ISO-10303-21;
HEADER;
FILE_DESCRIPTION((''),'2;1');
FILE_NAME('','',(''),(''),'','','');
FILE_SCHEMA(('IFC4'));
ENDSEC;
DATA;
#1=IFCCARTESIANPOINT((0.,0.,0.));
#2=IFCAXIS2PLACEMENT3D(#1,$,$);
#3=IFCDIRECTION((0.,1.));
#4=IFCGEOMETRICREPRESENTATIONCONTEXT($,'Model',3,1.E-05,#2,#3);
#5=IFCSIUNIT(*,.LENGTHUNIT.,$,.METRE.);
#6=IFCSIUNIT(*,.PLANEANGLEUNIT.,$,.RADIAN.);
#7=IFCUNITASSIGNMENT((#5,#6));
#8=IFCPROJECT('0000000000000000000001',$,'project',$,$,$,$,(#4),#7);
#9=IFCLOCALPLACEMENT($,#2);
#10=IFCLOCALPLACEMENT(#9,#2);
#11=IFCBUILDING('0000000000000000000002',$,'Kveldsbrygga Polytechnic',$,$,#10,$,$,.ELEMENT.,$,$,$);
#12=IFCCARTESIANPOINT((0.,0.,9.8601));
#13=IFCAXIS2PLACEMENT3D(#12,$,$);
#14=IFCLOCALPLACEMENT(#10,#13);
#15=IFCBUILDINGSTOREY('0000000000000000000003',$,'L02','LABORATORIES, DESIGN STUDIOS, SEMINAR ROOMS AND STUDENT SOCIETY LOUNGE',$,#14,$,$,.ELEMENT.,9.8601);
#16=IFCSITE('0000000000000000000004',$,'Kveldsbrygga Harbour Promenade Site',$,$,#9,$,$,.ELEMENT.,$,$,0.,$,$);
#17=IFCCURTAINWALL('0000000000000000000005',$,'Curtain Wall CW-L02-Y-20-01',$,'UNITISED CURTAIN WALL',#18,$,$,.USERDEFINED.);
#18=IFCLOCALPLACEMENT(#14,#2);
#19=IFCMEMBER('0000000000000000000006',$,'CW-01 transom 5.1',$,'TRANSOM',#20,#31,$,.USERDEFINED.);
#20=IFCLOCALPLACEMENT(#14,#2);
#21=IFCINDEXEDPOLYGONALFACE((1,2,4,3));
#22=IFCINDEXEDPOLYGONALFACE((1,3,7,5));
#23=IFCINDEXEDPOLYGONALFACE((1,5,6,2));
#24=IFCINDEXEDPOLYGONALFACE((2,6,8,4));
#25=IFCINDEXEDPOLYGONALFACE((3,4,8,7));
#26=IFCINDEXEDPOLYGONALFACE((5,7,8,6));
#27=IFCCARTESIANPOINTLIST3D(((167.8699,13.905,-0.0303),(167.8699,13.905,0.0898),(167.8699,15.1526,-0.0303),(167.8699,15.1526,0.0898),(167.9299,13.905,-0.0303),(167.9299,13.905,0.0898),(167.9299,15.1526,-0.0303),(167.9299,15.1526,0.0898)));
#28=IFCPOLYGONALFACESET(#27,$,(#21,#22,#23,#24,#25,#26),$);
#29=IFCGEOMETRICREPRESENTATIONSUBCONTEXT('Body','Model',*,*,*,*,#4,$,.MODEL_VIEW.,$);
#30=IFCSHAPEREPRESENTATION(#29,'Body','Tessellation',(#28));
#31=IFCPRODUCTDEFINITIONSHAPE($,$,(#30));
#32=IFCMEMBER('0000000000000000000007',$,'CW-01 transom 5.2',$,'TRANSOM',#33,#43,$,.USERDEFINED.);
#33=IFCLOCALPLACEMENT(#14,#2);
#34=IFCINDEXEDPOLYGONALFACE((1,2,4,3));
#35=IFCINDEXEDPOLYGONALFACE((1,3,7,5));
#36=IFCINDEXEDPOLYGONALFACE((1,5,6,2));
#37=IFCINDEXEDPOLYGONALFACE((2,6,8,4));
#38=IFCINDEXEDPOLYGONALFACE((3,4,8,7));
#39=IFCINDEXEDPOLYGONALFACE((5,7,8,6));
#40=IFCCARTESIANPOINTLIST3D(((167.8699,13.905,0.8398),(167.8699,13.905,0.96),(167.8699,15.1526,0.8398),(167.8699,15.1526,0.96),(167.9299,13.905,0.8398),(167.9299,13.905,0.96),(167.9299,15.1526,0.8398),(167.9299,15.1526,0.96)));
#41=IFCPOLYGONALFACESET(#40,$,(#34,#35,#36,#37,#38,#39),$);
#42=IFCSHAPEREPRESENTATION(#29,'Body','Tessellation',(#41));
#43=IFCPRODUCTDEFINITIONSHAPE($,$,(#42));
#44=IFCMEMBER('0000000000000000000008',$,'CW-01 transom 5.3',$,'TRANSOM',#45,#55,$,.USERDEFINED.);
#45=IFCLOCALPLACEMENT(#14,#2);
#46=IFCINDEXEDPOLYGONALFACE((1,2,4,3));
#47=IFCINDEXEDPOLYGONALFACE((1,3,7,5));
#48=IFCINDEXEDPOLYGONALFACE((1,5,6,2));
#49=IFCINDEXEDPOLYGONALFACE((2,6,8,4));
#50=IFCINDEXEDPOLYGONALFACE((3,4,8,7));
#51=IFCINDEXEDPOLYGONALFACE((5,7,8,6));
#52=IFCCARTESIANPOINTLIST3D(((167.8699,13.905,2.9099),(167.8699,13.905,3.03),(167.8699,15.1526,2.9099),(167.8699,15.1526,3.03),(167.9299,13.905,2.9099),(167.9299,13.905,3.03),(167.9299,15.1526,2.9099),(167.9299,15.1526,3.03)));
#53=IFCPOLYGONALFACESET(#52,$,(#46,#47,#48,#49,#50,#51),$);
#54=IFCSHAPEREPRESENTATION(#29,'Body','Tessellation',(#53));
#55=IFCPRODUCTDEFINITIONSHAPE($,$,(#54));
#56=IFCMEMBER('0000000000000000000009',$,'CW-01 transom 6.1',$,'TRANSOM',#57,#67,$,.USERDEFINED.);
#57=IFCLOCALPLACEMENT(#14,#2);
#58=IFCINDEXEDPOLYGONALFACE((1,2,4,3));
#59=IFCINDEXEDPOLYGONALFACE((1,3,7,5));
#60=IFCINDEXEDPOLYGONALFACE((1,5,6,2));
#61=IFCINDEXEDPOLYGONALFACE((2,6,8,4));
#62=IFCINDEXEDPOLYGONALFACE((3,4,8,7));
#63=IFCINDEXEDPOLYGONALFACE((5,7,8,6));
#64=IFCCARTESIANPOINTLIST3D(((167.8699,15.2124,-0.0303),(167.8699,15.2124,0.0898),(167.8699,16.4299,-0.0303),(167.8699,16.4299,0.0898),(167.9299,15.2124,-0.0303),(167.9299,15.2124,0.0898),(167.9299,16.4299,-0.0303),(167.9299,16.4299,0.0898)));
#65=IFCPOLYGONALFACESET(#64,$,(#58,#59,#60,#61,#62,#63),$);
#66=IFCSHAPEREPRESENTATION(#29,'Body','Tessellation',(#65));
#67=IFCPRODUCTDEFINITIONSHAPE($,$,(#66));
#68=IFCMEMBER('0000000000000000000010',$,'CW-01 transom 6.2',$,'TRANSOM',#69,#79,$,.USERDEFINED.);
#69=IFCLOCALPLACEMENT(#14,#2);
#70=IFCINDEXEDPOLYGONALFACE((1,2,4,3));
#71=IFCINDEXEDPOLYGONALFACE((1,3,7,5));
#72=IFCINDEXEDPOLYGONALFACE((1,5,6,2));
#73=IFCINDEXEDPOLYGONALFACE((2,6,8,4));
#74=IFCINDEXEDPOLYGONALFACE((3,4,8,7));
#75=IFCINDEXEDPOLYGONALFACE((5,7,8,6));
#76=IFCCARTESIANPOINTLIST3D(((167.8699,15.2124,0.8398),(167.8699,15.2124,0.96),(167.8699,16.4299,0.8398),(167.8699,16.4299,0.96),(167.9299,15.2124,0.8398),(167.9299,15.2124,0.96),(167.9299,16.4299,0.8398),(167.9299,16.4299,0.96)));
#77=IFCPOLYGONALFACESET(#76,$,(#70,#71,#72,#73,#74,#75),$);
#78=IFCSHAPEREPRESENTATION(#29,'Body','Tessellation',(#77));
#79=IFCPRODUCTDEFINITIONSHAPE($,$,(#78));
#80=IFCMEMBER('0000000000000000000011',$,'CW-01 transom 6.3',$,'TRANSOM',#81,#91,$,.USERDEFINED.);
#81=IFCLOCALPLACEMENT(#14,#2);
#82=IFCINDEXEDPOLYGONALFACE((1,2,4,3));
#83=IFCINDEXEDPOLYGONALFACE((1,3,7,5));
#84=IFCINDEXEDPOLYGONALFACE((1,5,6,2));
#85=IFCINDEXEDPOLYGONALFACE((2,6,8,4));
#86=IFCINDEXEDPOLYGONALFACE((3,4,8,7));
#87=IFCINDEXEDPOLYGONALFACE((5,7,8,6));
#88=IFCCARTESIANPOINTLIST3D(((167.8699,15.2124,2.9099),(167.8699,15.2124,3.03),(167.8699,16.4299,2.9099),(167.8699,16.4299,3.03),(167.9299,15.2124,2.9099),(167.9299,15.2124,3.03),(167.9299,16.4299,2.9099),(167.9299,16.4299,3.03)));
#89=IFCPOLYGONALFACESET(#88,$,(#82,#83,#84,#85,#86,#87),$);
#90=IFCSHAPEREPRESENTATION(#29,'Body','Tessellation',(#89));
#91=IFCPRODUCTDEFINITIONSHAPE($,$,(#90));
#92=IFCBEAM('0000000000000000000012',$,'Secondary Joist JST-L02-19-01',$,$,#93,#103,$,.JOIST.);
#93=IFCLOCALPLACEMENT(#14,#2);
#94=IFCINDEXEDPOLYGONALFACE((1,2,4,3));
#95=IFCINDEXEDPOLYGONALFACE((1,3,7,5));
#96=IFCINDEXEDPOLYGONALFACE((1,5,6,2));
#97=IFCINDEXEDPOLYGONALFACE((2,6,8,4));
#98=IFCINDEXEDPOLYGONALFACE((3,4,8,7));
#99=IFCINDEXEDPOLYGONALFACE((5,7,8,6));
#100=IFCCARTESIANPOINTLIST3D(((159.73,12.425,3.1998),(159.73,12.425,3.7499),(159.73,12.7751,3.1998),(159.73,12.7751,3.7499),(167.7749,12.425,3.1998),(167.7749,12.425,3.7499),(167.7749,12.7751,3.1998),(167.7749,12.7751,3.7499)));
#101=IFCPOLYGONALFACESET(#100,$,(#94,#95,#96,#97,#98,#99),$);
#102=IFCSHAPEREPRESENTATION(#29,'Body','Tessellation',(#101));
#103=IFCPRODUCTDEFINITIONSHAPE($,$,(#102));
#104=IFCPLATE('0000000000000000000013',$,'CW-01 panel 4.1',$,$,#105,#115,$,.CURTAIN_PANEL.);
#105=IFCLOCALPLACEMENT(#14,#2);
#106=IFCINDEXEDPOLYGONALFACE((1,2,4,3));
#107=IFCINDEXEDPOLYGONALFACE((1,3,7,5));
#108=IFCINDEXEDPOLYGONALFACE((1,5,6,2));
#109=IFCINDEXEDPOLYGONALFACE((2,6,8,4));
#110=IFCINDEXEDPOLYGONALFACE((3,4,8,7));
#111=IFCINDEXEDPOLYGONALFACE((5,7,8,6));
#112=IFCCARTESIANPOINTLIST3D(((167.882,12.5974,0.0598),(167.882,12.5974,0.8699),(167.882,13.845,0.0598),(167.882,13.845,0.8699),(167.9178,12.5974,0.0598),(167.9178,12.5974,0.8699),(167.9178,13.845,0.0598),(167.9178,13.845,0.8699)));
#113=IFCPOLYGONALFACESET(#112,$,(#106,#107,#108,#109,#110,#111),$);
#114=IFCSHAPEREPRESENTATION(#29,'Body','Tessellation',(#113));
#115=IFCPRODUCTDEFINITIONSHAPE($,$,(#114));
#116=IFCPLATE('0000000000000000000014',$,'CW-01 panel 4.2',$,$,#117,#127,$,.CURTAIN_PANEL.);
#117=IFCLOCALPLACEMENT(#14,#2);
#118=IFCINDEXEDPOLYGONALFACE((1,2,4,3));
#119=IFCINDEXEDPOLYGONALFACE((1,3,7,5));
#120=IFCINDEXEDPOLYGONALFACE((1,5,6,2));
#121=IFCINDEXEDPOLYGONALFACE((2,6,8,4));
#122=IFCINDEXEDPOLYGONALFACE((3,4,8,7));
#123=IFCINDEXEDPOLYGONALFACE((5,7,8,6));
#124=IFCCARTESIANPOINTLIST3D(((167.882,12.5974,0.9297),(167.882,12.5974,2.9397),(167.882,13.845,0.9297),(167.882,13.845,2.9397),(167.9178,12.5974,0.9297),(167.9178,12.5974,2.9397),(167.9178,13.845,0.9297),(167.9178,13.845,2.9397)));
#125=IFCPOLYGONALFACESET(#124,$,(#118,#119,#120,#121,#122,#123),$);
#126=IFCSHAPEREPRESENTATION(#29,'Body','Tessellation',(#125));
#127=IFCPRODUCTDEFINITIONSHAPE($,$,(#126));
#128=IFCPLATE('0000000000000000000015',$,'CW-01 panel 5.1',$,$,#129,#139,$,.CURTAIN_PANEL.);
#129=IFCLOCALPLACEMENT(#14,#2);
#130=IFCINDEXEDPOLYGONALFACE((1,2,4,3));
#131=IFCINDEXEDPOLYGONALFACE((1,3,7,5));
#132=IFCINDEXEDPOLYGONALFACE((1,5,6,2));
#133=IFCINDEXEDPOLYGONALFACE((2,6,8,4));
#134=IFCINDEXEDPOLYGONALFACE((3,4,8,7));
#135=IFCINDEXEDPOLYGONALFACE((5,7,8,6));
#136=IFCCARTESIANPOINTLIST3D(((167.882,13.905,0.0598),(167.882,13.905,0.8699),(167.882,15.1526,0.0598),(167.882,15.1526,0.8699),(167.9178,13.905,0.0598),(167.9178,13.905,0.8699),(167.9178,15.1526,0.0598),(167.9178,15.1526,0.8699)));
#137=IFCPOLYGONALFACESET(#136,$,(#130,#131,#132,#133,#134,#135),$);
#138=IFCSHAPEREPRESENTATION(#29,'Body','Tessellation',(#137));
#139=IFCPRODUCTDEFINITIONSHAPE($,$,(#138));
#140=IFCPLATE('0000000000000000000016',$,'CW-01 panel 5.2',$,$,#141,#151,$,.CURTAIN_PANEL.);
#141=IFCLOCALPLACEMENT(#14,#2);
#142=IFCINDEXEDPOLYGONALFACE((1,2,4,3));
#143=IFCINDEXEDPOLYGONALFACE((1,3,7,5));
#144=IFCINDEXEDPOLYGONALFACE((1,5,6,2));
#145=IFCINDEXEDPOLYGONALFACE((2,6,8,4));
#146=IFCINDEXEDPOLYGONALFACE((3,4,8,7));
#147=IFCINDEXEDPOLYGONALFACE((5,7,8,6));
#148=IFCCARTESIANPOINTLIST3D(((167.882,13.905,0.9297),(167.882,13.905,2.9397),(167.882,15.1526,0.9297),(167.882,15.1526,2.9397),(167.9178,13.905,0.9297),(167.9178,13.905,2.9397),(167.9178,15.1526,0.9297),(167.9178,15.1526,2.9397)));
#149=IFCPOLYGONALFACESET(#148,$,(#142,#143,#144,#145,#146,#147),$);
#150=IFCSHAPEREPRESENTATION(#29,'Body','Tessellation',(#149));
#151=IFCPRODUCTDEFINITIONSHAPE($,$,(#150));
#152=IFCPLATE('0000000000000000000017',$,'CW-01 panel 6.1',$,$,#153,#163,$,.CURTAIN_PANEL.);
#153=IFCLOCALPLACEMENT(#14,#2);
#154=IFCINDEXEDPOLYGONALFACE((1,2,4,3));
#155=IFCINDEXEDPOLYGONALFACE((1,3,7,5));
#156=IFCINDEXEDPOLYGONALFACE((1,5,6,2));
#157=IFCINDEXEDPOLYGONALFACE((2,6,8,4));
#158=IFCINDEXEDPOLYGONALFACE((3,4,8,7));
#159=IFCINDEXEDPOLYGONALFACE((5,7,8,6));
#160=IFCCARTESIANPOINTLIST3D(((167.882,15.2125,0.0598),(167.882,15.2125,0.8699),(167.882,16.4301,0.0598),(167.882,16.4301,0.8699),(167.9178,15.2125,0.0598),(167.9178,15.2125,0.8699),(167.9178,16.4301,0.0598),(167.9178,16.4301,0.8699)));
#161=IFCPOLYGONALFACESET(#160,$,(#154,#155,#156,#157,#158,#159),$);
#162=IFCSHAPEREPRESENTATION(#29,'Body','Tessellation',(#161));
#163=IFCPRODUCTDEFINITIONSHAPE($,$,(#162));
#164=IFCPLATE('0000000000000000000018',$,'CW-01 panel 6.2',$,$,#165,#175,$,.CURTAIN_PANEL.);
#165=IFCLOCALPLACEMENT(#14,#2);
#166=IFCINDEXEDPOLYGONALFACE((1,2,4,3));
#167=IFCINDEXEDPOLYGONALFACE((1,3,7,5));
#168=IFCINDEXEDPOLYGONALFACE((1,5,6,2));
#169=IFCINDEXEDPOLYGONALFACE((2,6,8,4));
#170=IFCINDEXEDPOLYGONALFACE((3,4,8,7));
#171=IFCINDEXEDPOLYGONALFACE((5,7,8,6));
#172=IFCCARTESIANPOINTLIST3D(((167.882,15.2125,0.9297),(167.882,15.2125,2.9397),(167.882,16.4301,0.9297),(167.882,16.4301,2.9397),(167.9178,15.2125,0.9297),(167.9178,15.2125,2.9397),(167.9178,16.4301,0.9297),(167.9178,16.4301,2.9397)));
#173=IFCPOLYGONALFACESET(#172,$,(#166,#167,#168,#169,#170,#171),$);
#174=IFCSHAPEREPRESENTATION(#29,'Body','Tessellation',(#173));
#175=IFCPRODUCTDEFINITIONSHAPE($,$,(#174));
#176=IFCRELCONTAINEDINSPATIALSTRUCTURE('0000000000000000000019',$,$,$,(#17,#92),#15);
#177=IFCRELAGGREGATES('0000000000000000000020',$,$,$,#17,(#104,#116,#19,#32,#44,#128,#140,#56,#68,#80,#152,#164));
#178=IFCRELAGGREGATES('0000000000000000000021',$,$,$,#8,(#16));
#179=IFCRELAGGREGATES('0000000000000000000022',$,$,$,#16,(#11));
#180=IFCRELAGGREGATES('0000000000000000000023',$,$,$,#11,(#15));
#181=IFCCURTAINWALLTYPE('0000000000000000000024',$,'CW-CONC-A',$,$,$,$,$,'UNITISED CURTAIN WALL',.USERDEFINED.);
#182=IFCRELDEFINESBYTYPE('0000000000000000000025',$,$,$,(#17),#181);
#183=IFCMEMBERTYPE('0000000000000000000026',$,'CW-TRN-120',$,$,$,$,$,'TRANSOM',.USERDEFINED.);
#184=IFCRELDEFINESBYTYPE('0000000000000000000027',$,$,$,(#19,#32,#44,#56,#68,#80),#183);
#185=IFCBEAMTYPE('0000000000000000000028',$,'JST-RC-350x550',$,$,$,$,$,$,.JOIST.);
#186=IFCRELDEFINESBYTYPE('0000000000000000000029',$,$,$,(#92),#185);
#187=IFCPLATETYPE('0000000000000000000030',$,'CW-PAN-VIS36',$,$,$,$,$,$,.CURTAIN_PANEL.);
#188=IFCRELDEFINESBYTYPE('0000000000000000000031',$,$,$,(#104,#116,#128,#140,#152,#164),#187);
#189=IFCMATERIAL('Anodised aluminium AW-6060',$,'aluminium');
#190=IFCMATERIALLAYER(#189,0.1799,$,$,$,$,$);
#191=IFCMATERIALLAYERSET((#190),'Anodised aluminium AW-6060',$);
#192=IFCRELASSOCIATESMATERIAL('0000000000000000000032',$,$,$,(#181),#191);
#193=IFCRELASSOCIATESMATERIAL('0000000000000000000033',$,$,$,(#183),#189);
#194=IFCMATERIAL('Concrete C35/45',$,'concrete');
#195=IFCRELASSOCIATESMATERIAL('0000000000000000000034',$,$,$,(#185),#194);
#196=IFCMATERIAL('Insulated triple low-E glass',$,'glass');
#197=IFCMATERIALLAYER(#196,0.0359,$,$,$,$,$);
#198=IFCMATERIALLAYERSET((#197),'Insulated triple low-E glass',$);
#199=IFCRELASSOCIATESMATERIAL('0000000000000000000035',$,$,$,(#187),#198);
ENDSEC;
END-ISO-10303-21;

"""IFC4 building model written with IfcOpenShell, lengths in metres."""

from ifc_helpers import new_model, si_unit, direction, frame, origin, origin_2d, place, context, subcontext, project, spatial, rectangle, extrude, material, layer, layer_set, material_profile, profile_set, type_object, element, aggregate, save


model = new_model("IFC4")

# Units and contexts
model_context = context("Model", 3, precision=1e-05, world=origin(), true_north=direction((0.0, 1.0)))
body_context = subcontext(model_context, "Body", "Model", "MODEL_VIEW")
ifc_project = project(units=[si_unit("LENGTHUNIT", "METRE"), si_unit("PLANEANGLEUNIT", "RADIAN")], contexts=[model_context])

# Site, building, storey
site_placement = place(None, origin())
site = spatial("IfcSite", under=ifc_project, at=site_placement, Name="Kveldsbrygga Harbour Promenade Site", CompositionType="ELEMENT", RefElevation=0.0)
building_placement = place(site_placement, origin())
building = spatial("IfcBuilding", under=site, at=building_placement, Name="Kveldsbrygga Polytechnic", CompositionType="ELEMENT")
storey_placement = place(building_placement, frame((0.0, 0.0, 9.8601)))
storey = spatial("IfcBuildingStorey", under=building, at=storey_placement, Name="L02", Description="LABORATORIES, DESIGN STUDIOS, SEMINAR ROOMS AND STUDENT SOCIETY LOUNGE", CompositionType="ELEMENT", Elevation=9.8601)

# Shared definitions
ifc_material_1 = material(Name="Concrete C35/45", Category="concrete")

# Curtain wall, members
ifc_material_2 = material(Name="Anodised aluminium AW-6060", Category="aluminium")
ifc_layer_1 = layer(ifc_material_2, 0.1799)
ifc_layer_set_1 = layer_set([ifc_layer_1], Name="Anodised aluminium AW-6060")
curtain_wall_type = type_object("IfcCurtainWallType", Name="CW-CONC-A", ElementType="UNITISED CURTAIN WALL", PredefinedType="USERDEFINED", material=ifc_layer_set_1)
curtain_wall_placement = place(storey_placement, origin())
curtain_wall = element("IfcCurtainWall", 1, at=curtain_wall_placement, inside=storey, type_object=curtain_wall_type, Name="Curtain Wall CW-L02-Y-20-01", ObjectType="UNITISED CURTAIN WALL", PredefinedType="USERDEFINED")
ifc_material_profile_1 = material_profile(ifc_material_2, rectangle(XDim=0.0601, YDim=0.1201, at=origin_2d()), Name="ALU 60x120")
ifc_profile_set_1 = profile_set([ifc_material_profile_1], Name="Anodised aluminium AW-6060")
member_type_1 = type_object("IfcMemberType", Name="CW-TRN-120", ElementType="TRANSOM", PredefinedType="USERDEFINED", material=ifc_profile_set_1)
member_1_placement = place(storey_placement, frame((167.8999, 13.905, 0.0298), z_axis=(0.0, 1.0, 0.0), x_axis=(-1.0, 0.0, 0.0)))
member_1 = element("IfcMember", 2, at=member_1_placement, type_object=member_type_1, Name="CW-01 transom 5.1", ObjectType="TRANSOM", PredefinedType="USERDEFINED", context=body_context, shape_type="SweptSolid", body=[
    extrude(rectangle(XDim=0.0601, YDim=0.1201, at=origin_2d()), origin(), (0.0, 0.0, 1.0), 1.2476),
])
member_2_placement = place(storey_placement, frame((167.8999, 13.905, 0.8999), z_axis=(0.0, 1.0, 0.0), x_axis=(-1.0, 0.0, 0.0)))
member_2 = element("IfcMember", 3, at=member_2_placement, type_object=member_type_1, Name="CW-01 transom 5.2", ObjectType="TRANSOM", PredefinedType="USERDEFINED", context=body_context, shape_type="SweptSolid", body=[
    extrude(rectangle(XDim=0.0601, YDim=0.1201, at=origin_2d()), origin(), (0.0, 0.0, 1.0), 1.2476),
])
member_3_placement = place(storey_placement, frame((167.8999, 13.905, 2.97), z_axis=(0.0, 1.0, 0.0), x_axis=(-1.0, 0.0, 0.0)))
member_3 = element("IfcMember", 4, at=member_3_placement, type_object=member_type_1, Name="CW-01 transom 5.3", ObjectType="TRANSOM", PredefinedType="USERDEFINED", context=body_context, shape_type="SweptSolid", body=[
    extrude(rectangle(XDim=0.0601, YDim=0.1201, at=origin_2d()), origin(), (0.0, 0.0, 1.0), 1.2476),
])
member_4_placement = place(storey_placement, frame((167.8999, 15.2124, 0.0298), z_axis=(0.0, 1.0, 0.0), x_axis=(-1.0, 0.0, 0.0)))
member_4 = element("IfcMember", 5, at=member_4_placement, type_object=member_type_1, Name="CW-01 transom 6.1", ObjectType="TRANSOM", PredefinedType="USERDEFINED", context=body_context, shape_type="SweptSolid", body=[
    extrude(rectangle(XDim=0.0601, YDim=0.1201, at=origin_2d()), origin(), (0.0, 0.0, 1.0), 1.2175),
])
member_5_placement = place(storey_placement, frame((167.8999, 15.2124, 0.8999), z_axis=(0.0, 1.0, 0.0), x_axis=(-1.0, 0.0, 0.0)))
member_5 = element("IfcMember", 6, at=member_5_placement, type_object=member_type_1, Name="CW-01 transom 6.2", ObjectType="TRANSOM", PredefinedType="USERDEFINED", context=body_context, shape_type="SweptSolid", body=[
    extrude(rectangle(XDim=0.0601, YDim=0.1201, at=origin_2d()), origin(), (0.0, 0.0, 1.0), 1.2175),
])
member_6_placement = place(storey_placement, frame((167.8999, 15.2124, 2.97), z_axis=(0.0, 1.0, 0.0), x_axis=(-1.0, 0.0, 0.0)))
member_6 = element("IfcMember", 7, at=member_6_placement, type_object=member_type_1, Name="CW-01 transom 6.3", ObjectType="TRANSOM", PredefinedType="USERDEFINED", context=body_context, shape_type="SweptSolid", body=[
    extrude(rectangle(XDim=0.0601, YDim=0.1201, at=origin_2d()), origin(), (0.0, 0.0, 1.0), 1.2175),
])

# Beam
ifc_material_profile_2 = material_profile(ifc_material_1, rectangle(XDim=0.3501, YDim=0.55, at=origin_2d()), Name="RC 350x550")
ifc_profile_set_2 = profile_set([ifc_material_profile_2], Name="Concrete C35/45")
beam_type_1 = type_object("IfcBeamType", Name="JST-RC-350x550", PredefinedType="JOIST", material=ifc_profile_set_2)
beam_1_placement = place(storey_placement, frame((159.73, 12.6001, 3.4749), z_axis=(1.0, 0.0, 0.0), x_axis=(0.0, 1.0, 0.0)))
element("IfcBeam", 8, at=beam_1_placement, inside=storey, type_object=beam_type_1, Name="Secondary Joist JST-L02-19-01", PredefinedType="JOIST", context=body_context, shape_type="SweptSolid", body=[
    extrude(rectangle(XDim=0.3501, YDim=0.55, at=origin_2d()), origin(), (0.0, 0.0, 1.0), 8.0449),
])

# Plates
ifc_material_3 = material(Name="Insulated triple low-E glass", Category="glass")
ifc_layer_2 = layer(ifc_material_3, 0.0359)
ifc_layer_set_2 = layer_set([ifc_layer_2], Name="Insulated triple low-E glass")
plate_type = type_object("IfcPlateType", Name="CW-PAN-VIS36", PredefinedType="CURTAIN_PANEL", material=ifc_layer_set_2)
plate_1_placement = place(storey_placement, frame((167.8999, 13.2212, 0.0598), z_axis=(0.0, 0.0, 1.0), x_axis=(0.0, 1.0, 0.0)))
plate_1 = element("IfcPlate", 9, at=plate_1_placement, type_object=plate_type, Name="CW-01 panel 4.1", PredefinedType="CURTAIN_PANEL", context=body_context, shape_type="SweptSolid", body=[
    extrude(rectangle(XDim=1.2476, YDim=0.0359, at=origin_2d()), origin(), (0.0, 0.0, 1.0), 0.8101),
])
plate_2_placement = place(storey_placement, frame((167.8999, 13.2212, 0.9297), z_axis=(0.0, 0.0, 1.0), x_axis=(0.0, 1.0, 0.0)))
plate_2 = element("IfcPlate", 10, at=plate_2_placement, type_object=plate_type, Name="CW-01 panel 4.2", PredefinedType="CURTAIN_PANEL", context=body_context, shape_type="SweptSolid", body=[
    extrude(rectangle(XDim=1.2476, YDim=0.0359, at=origin_2d()), origin(), (0.0, 0.0, 1.0), 2.01),
])
plate_3_placement = place(storey_placement, frame((167.8999, 14.5288, 0.0598), z_axis=(0.0, 0.0, 1.0), x_axis=(0.0, 1.0, 0.0)))
plate_3 = element("IfcPlate", 11, at=plate_3_placement, type_object=plate_type, Name="CW-01 panel 5.1", PredefinedType="CURTAIN_PANEL", context=body_context, shape_type="SweptSolid", body=[
    extrude(rectangle(XDim=1.2476, YDim=0.0359, at=origin_2d()), origin(), (0.0, 0.0, 1.0), 0.8101),
])
plate_4_placement = place(storey_placement, frame((167.8999, 14.5288, 0.9297), z_axis=(0.0, 0.0, 1.0), x_axis=(0.0, 1.0, 0.0)))
plate_4 = element("IfcPlate", 12, at=plate_4_placement, type_object=plate_type, Name="CW-01 panel 5.2", PredefinedType="CURTAIN_PANEL", context=body_context, shape_type="SweptSolid", body=[
    extrude(rectangle(XDim=1.2476, YDim=0.0359, at=origin_2d()), origin(), (0.0, 0.0, 1.0), 2.01),
])
plate_5_placement = place(storey_placement, frame((167.8999, 15.8213, 0.0598), z_axis=(0.0, 0.0, 1.0), x_axis=(0.0, 1.0, 0.0)))
plate_5 = element("IfcPlate", 13, at=plate_5_placement, type_object=plate_type, Name="CW-01 panel 6.1", PredefinedType="CURTAIN_PANEL", context=body_context, shape_type="SweptSolid", body=[
    extrude(rectangle(XDim=1.2175, YDim=0.0359, at=origin_2d()), origin(), (0.0, 0.0, 1.0), 0.8101),
])
plate_6_placement = place(storey_placement, frame((167.8999, 15.8213, 0.9297), z_axis=(0.0, 0.0, 1.0), x_axis=(0.0, 1.0, 0.0)))
plate_6 = element("IfcPlate", 14, at=plate_6_placement, type_object=plate_type, Name="CW-01 panel 6.2", PredefinedType="CURTAIN_PANEL", context=body_context, shape_type="SweptSolid", body=[
    extrude(rectangle(XDim=1.2175, YDim=0.0359, at=origin_2d()), origin(), (0.0, 0.0, 1.0), 2.01),
])
aggregate(curtain_wall, [plate_1, plate_2, member_1, member_2, member_3, plate_3, plate_4, member_4, member_5, member_6, plate_5, plate_6])

save(model, "model.ifc")
